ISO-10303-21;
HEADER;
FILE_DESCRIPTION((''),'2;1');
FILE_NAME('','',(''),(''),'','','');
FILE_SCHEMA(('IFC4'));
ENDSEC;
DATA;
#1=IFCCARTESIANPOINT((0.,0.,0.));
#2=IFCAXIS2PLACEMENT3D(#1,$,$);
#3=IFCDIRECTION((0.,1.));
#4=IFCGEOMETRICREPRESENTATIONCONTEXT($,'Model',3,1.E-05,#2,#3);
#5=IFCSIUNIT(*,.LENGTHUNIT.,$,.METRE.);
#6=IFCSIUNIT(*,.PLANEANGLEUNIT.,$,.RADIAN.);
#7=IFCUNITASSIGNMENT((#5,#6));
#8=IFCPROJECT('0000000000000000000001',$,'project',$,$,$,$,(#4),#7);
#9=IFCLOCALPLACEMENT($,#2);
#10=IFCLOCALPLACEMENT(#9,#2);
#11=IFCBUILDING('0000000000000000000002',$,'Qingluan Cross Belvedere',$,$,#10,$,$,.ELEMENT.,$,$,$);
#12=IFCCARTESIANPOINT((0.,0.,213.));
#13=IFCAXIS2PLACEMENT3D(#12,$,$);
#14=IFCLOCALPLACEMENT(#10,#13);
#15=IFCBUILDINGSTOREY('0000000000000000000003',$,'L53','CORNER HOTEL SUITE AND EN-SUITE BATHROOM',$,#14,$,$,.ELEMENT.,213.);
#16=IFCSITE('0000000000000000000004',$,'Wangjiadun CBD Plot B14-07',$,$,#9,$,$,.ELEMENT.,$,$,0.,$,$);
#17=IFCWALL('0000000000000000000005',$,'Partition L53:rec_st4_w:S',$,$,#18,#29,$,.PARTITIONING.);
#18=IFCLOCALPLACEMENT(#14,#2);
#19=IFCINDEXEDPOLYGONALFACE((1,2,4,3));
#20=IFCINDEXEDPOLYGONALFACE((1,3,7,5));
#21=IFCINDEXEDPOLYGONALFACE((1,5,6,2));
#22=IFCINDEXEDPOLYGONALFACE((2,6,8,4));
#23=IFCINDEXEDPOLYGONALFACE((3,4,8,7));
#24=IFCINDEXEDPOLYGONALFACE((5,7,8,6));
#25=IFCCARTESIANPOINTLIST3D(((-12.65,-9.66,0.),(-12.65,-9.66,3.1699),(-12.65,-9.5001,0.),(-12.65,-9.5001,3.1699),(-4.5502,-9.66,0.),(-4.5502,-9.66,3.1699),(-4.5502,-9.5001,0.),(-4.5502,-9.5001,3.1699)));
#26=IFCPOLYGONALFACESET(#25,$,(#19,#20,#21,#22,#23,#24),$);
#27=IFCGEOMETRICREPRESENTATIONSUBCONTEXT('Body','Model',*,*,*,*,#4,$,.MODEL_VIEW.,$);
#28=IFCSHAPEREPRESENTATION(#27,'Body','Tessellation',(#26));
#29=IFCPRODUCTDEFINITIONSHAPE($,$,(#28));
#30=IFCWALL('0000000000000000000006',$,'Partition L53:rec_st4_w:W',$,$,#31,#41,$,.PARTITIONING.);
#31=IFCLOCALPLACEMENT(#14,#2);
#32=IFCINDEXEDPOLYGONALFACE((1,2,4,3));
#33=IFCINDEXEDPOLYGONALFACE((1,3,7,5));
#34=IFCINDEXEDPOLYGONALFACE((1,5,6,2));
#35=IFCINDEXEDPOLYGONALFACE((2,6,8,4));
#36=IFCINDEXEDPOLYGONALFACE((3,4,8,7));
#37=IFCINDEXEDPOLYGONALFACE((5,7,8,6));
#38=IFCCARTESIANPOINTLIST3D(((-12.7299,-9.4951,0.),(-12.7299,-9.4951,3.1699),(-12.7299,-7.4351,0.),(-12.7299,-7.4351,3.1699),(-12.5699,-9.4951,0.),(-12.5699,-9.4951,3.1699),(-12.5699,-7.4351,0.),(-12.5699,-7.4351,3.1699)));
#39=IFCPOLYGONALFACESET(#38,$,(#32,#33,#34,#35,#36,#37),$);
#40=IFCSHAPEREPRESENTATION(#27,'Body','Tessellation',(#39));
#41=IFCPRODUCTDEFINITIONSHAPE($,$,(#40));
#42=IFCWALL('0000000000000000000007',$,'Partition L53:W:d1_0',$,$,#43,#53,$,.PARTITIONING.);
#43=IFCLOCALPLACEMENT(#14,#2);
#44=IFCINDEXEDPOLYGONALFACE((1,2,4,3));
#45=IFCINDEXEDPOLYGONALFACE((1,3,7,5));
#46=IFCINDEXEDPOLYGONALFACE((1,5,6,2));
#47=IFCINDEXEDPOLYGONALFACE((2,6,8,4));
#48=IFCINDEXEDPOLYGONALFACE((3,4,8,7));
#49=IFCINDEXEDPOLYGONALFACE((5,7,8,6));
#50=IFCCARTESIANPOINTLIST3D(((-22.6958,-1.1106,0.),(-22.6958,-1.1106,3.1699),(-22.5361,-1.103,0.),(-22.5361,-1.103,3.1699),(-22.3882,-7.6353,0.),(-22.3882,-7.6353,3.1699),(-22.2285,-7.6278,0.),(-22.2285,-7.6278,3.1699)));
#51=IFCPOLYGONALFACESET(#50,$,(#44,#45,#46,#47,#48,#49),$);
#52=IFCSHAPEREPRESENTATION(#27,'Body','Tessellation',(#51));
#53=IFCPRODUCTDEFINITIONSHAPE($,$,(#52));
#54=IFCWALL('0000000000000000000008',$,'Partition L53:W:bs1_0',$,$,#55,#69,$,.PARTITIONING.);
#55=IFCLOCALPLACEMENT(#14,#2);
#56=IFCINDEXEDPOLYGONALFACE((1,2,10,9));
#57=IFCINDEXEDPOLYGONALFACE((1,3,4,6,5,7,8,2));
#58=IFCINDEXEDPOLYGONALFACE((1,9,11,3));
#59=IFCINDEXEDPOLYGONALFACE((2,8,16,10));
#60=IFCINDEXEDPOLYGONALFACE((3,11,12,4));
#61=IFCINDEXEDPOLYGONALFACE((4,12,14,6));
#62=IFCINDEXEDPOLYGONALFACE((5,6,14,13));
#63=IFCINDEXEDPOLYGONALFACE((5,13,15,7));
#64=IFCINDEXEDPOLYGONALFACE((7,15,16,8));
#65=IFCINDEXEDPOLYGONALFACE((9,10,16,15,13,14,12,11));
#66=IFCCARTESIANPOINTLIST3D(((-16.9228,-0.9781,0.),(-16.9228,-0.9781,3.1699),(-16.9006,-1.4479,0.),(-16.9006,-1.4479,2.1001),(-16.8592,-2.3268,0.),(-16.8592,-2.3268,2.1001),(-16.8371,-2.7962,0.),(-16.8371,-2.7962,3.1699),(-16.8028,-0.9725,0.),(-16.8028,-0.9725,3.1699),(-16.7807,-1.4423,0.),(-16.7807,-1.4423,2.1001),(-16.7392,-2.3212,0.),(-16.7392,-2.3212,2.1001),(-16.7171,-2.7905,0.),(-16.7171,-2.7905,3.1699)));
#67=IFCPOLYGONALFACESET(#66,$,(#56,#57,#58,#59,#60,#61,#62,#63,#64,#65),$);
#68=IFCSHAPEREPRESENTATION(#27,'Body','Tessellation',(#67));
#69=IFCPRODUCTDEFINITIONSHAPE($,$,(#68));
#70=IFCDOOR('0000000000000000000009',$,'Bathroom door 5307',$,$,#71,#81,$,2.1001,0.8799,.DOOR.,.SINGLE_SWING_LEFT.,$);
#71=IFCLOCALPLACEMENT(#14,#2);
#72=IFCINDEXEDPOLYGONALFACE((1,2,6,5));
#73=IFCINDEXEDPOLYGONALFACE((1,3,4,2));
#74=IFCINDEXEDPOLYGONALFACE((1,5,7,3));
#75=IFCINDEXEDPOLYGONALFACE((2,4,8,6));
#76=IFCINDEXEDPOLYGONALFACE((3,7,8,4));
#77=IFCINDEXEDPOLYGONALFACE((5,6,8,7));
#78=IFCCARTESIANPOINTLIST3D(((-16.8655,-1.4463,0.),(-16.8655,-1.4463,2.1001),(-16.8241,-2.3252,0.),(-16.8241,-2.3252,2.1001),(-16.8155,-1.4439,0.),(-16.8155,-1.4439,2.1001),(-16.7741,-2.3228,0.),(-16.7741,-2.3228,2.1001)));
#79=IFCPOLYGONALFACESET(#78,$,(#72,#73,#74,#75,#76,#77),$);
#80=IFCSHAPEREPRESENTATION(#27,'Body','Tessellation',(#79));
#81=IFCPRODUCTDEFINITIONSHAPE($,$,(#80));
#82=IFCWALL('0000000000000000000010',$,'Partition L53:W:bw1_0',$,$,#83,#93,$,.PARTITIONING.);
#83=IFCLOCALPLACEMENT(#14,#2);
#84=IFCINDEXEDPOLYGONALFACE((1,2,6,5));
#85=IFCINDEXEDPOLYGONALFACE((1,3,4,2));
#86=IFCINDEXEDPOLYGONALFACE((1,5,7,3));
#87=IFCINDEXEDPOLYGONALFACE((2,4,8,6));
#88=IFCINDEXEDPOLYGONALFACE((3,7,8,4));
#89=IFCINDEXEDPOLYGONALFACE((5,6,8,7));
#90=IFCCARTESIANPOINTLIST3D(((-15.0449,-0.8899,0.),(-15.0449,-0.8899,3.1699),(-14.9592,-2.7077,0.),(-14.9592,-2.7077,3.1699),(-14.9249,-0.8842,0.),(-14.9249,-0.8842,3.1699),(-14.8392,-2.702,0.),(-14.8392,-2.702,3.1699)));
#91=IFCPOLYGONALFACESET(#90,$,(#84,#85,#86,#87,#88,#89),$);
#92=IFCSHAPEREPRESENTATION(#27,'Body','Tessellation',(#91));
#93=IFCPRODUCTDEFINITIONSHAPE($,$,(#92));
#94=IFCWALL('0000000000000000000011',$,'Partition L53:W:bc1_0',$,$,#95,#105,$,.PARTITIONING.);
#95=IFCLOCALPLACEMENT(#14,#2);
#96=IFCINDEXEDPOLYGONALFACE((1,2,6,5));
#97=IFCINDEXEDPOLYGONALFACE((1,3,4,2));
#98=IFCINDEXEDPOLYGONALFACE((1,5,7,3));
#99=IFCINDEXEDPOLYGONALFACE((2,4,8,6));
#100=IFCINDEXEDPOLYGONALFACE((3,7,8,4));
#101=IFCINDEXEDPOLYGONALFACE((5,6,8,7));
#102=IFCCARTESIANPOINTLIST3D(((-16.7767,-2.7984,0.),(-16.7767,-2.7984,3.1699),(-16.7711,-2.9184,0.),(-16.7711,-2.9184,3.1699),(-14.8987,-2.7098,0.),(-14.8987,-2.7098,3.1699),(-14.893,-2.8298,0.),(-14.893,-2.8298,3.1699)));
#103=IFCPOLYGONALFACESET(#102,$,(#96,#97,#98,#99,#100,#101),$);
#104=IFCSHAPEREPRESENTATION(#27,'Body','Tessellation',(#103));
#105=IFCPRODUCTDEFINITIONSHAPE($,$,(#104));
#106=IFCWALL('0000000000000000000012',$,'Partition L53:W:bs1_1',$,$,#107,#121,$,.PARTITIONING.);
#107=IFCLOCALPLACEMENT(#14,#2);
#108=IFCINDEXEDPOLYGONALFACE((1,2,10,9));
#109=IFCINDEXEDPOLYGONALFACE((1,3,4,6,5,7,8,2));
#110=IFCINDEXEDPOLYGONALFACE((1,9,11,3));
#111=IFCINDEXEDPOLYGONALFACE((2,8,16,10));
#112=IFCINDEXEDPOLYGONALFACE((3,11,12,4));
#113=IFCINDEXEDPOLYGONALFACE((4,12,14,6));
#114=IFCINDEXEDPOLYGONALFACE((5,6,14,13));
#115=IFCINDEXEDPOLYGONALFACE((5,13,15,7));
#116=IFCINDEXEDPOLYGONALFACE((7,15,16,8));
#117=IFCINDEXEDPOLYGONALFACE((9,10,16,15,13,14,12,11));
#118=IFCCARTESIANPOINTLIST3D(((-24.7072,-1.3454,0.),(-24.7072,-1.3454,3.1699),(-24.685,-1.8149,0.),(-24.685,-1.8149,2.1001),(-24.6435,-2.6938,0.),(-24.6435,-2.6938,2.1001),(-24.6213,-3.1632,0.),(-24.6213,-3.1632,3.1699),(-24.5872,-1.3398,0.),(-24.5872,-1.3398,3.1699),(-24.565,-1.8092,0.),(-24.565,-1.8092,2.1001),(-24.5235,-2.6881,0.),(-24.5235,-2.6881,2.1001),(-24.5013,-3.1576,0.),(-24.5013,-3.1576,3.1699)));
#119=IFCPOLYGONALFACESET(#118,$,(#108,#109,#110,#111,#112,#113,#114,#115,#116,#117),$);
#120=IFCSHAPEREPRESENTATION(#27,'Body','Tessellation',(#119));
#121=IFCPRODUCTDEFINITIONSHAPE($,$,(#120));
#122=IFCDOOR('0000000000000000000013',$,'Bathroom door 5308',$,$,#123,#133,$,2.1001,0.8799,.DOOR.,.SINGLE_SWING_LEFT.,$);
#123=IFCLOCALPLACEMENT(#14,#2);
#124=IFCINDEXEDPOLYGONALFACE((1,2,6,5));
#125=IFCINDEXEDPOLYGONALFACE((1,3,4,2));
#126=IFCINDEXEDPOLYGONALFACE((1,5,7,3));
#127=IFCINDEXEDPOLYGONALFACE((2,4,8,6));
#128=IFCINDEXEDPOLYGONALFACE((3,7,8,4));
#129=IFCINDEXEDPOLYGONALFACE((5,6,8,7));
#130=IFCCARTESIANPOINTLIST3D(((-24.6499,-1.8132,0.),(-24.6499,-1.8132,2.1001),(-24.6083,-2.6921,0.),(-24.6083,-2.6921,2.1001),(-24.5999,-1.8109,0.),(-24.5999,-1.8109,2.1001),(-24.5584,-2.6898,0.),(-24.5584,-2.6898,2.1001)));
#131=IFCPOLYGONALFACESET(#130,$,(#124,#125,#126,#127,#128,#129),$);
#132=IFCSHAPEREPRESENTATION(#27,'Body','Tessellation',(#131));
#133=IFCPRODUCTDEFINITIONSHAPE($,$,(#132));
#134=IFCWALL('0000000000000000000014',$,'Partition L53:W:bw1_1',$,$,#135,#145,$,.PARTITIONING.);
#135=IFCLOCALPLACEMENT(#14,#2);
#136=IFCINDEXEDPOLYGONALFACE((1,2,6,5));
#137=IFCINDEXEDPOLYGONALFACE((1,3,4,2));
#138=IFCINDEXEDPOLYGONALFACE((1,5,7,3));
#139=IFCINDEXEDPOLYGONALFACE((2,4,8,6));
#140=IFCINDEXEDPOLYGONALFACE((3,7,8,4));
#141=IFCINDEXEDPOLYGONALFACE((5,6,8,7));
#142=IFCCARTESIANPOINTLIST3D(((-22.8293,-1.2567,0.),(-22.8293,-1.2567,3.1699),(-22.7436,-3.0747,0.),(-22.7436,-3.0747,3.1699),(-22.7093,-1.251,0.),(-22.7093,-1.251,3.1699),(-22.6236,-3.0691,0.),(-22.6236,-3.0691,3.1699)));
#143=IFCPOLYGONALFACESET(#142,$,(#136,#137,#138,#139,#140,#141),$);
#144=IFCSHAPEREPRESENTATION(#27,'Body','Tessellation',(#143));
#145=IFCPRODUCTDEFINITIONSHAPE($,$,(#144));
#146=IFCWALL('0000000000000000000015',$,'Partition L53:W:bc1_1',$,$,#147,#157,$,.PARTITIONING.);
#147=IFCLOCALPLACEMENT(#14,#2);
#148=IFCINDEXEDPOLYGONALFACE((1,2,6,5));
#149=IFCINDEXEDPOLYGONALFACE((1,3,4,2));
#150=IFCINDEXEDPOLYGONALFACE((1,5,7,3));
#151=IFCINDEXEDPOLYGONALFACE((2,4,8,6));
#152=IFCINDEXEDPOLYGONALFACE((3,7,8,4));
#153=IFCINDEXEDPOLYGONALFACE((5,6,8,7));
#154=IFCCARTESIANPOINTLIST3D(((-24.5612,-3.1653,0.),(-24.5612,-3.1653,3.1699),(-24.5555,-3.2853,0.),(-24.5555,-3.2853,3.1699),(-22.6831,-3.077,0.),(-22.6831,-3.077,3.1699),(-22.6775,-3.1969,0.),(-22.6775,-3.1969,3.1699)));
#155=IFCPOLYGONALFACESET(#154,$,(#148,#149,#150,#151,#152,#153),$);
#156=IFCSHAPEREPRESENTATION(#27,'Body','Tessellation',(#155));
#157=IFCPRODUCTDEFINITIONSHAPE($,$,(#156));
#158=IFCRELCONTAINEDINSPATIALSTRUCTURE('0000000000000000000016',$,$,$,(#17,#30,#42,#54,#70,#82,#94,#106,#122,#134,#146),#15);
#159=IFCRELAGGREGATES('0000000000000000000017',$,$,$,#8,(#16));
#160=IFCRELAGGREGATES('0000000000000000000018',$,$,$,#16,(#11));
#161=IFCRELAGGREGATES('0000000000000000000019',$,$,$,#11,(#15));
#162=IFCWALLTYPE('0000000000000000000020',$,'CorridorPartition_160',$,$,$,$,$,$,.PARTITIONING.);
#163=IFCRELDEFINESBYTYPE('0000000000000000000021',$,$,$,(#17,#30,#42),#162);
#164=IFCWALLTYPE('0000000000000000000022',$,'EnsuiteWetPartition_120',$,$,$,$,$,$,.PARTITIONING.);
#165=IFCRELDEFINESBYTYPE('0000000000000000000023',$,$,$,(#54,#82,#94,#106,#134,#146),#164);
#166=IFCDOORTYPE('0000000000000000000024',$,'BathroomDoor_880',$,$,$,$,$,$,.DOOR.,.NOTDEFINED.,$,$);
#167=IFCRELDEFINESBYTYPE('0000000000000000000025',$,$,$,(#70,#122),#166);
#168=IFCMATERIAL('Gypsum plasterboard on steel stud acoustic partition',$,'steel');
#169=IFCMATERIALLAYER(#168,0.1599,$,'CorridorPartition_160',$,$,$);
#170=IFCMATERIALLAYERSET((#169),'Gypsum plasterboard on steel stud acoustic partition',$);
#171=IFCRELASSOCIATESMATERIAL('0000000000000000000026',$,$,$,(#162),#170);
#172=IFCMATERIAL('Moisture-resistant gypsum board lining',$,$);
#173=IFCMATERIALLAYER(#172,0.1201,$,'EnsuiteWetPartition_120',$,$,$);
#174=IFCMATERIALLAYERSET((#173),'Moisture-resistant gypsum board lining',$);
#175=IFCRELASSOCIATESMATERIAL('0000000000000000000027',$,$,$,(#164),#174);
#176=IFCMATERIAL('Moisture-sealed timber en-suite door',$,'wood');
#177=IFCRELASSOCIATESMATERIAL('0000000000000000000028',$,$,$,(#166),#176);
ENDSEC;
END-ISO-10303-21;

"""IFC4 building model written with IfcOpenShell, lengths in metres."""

from ifc_helpers import new_model, si_unit, direction, frame, frame_2d, origin, place, context, subcontext, project, spatial, rectangle, extrude, material, layer, layer_set, type_object, element, fill, save


model = new_model("IFC4")

# Units and contexts
model_context = context("Model", 3, precision=1e-05, world=origin(), true_north=direction((0.0, 1.0)))
body_context = subcontext(model_context, "Body", "Model", "MODEL_VIEW")
ifc_project = project(units=[si_unit("LENGTHUNIT", "METRE"), si_unit("PLANEANGLEUNIT", "RADIAN")], contexts=[model_context])

# Site, building, storey
site_placement = place(None, origin())
site = spatial("IfcSite", under=ifc_project, at=site_placement, Name="Wangjiadun CBD Plot B14-07", CompositionType="ELEMENT", RefElevation=0.0)
building_placement = place(site_placement, origin())
building = spatial("IfcBuilding", under=site, at=building_placement, Name="Qingluan Cross Belvedere", CompositionType="ELEMENT")
storey_placement = place(building_placement, frame((0.0, 0.0, 213.0)))
storey = spatial("IfcBuildingStorey", under=building, at=storey_placement, Name="L53", Description="CORNER HOTEL SUITE AND EN-SUITE BATHROOM", CompositionType="ELEMENT", Elevation=213.0)

# Walls
ifc_material_1 = material(Name="Gypsum plasterboard on steel stud acoustic partition", Category="steel")
ifc_layer_1 = layer(ifc_material_1, 0.1599, Name="CorridorPartition_160")
ifc_layer_set_1 = layer_set([ifc_layer_1], Name="Gypsum plasterboard on steel stud acoustic partition")
wall_type_1 = type_object("IfcWallType", Name="CorridorPartition_160", PredefinedType="PARTITIONING", material=ifc_layer_set_1)
wall_1_placement = place(storey_placement, frame((-12.6499, -9.5801, 0.0), z_axis=(0.0, 0.0, 1.0), x_axis=(1.0, 0.0, 0.0)))
element("IfcWall", 1, at=wall_1_placement, inside=storey, type_object=wall_type_1, Name="Partition L53:rec_st4_w:S", PredefinedType="PARTITIONING", context=body_context, shape_type="SweptSolid", body=[
    extrude(rectangle(XDim=8.0999, YDim=0.1599, at=frame_2d((4.0498, 0.0))), origin(), (0.0, 0.0, 1.0), 3.1699),
])
wall_2_placement = place(storey_placement, frame((-12.6499, -9.4951, 0.0), z_axis=(0.0, 0.0, 1.0), x_axis=(0.0, 1.0, 0.0)))
element("IfcWall", 2, at=wall_2_placement, inside=storey, type_object=wall_type_1, Name="Partition L53:rec_st4_w:W", PredefinedType="PARTITIONING", context=body_context, shape_type="SweptSolid", body=[
    extrude(rectangle(XDim=2.0601, YDim=0.1599, at=frame_2d((1.03, 0.0))), origin(), (0.0, 0.0, 1.0), 3.1699),
])
wall_3_placement = place(storey_placement, frame((-22.616, -1.1067, 0.0), z_axis=(0.0, 0.0, 1.0), x_axis=(0.047095, -0.99889, 0.0)))
element("IfcWall", 3, at=wall_3_placement, inside=storey, type_object=wall_type_1, Name="Partition L53:W:d1_0", PredefinedType="PARTITIONING", context=body_context, shape_type="SweptSolid", body=[
    extrude(rectangle(XDim=6.532, YDim=0.1599, at=frame_2d((3.2661, 0.0))), origin(), (0.0, 0.0, 1.0), 3.1699),
])

# Wall, opening, door
ifc_material_2 = material(Name="Moisture-resistant gypsum board lining")
ifc_layer_2 = layer(ifc_material_2, 0.1201, Name="EnsuiteWetPartition_120")
ifc_layer_set_2 = layer_set([ifc_layer_2], Name="Moisture-resistant gypsum board lining")
wall_type_2 = type_object("IfcWallType", Name="EnsuiteWetPartition_120", PredefinedType="PARTITIONING", material=ifc_layer_set_2)
wall_4_placement = place(storey_placement, frame((-16.7771, -2.7935, 0.0), z_axis=(0.0, 0.0, 1.0), x_axis=(-0.047081, 0.998891, 0.0)))
wall_4 = element("IfcWall", 4, at=wall_4_placement, inside=storey, type_object=wall_type_2, Name="Partition L53:W:bs1_0", PredefinedType="PARTITIONING", context=body_context, shape_type="SweptSolid", body=[
    extrude(rectangle(XDim=1.8201, YDim=0.1201, at=frame_2d((0.9102, 0.0))), origin(), (0.0, 0.0, 1.0), 3.1699),
])
opening_1_placement = place(wall_4_placement, frame((0.47, 0.0, 0.0)))
opening_1 = element("IfcOpeningElement", 5, at=opening_1_placement, cuts=wall_4, PredefinedType="OPENING", context=body_context, shape_type="SweptSolid", body=[
    extrude(rectangle(XDim=0.8799, YDim=2.1001, at=frame_2d((0.4399, 1.05))), frame((0.0, 0.0701, 0.0), z_axis=(0.0, -1.0, 0.0), x_axis=(1.0, 0.0, 0.0)), (0.0, 0.0, 1.0), 0.1401),
])
ifc_material_3 = material(Name="Moisture-sealed timber en-suite door", Category="wood")
door_type_1 = type_object("IfcDoorType", Name="BathroomDoor_880", OperationType="NOTDEFINED", PredefinedType="DOOR", material=ifc_material_3)
door_1_placement = place(opening_1_placement, origin())
door_1 = element("IfcDoor", 6, at=door_1_placement, inside=storey, type_object=door_type_1, Name="Bathroom door 5307", OperationType="SINGLE_SWING_LEFT", OverallHeight=2.1001, OverallWidth=0.8799, PredefinedType="DOOR", context=body_context, shape_type="SweptSolid", body=[
    extrude(rectangle(XDim=0.8799, YDim=2.1001, at=frame_2d((0.4399, 1.05))), frame((0.0, 0.0249, 0.0), z_axis=(0.0, -1.0, 0.0), x_axis=(1.0, 0.0, 0.0)), (0.0, 0.0, 1.0), 0.05),
])
fill(opening_1, door_1)

# Walls
wall_5_placement = place(storey_placement, frame((-14.8992, -2.7048, 0.0), z_axis=(0.0, 0.0, 1.0), x_axis=(-0.047087, 0.998891, 0.0)))
element("IfcWall", 7, at=wall_5_placement, inside=storey, type_object=wall_type_2, Name="Partition L53:W:bw1_0", PredefinedType="PARTITIONING", context=body_context, shape_type="SweptSolid", body=[
    extrude(rectangle(XDim=1.8198, YDim=0.1201, at=frame_2d((0.9099, 0.0))), origin(), (0.0, 0.0, 1.0), 3.1699),
])
wall_6_placement = place(storey_placement, frame((-14.896, -2.7698, 0.0), z_axis=(0.0, 0.0, 1.0), x_axis=(-0.998888, -0.047139, 0.0)))
element("IfcWall", 8, at=wall_6_placement, inside=storey, type_object=wall_type_2, Name="Partition L53:W:bc1_0", PredefinedType="PARTITIONING", context=body_context, shape_type="SweptSolid", body=[
    extrude(rectangle(XDim=1.8801, YDim=0.1201, at=frame_2d((0.9399, 0.0))), origin(), (0.0, 0.0, 1.0), 3.1699),
])

# Wall, opening, door
wall_7_placement = place(storey_placement, frame((-24.5613, -3.1604, 0.0), z_axis=(0.0, 0.0, 1.0), x_axis=(-0.047221, 0.998884, 0.0)))
wall_7 = element("IfcWall", 9, at=wall_7_placement, inside=storey, type_object=wall_type_2, Name="Partition L53:W:bs1_1", PredefinedType="PARTITIONING", context=body_context, shape_type="SweptSolid", body=[
    extrude(rectangle(XDim=1.8198, YDim=0.1201, at=frame_2d((0.9099, 0.0))), origin(), (0.0, 0.0, 1.0), 3.1699),
])
opening_2_placement = place(wall_7_placement, frame((0.47, 0.0, 0.0)))
opening_2 = element("IfcOpeningElement", 10, at=opening_2_placement, cuts=wall_7, PredefinedType="OPENING", context=body_context, shape_type="SweptSolid", body=[
    extrude(rectangle(XDim=0.8799, YDim=2.1001, at=frame_2d((0.4399, 1.05))), frame((0.0, 0.0701, 0.0), z_axis=(0.0, -1.0, 0.0), x_axis=(1.0, 0.0, 0.0)), (0.0, 0.0, 1.0), 0.1401),
])
door_2_placement = place(opening_2_placement, origin())
door_2 = element("IfcDoor", 11, at=door_2_placement, inside=storey, type_object=door_type_1, Name="Bathroom door 5308", OperationType="SINGLE_SWING_LEFT", OverallHeight=2.1001, OverallWidth=0.8799, PredefinedType="DOOR", context=body_context, shape_type="SweptSolid", body=[
    extrude(rectangle(XDim=0.8799, YDim=2.1001, at=frame_2d((0.4399, 1.05))), frame((0.0, 0.0249, 0.0), z_axis=(0.0, -1.0, 0.0), x_axis=(1.0, 0.0, 0.0)), (0.0, 0.0, 1.0), 0.05),
])
fill(opening_2, door_2)

# Walls
wall_8_placement = place(storey_placement, frame((-22.6836, -3.072, 0.0), z_axis=(0.0, 0.0, 1.0), x_axis=(-0.047081, 0.998891, 0.0)))
element("IfcWall", 12, at=wall_8_placement, inside=storey, type_object=wall_type_2, Name="Partition L53:W:bw1_1", PredefinedType="PARTITIONING", context=body_context, shape_type="SweptSolid", body=[
    extrude(rectangle(XDim=1.8201, YDim=0.1201, at=frame_2d((0.9102, 0.0))), origin(), (0.0, 0.0, 1.0), 3.1699),
])
wall_9_placement = place(storey_placement, frame((-22.6804, -3.137, 0.0), z_axis=(0.0, 0.0, 1.0), x_axis=(-0.998894, -0.04701, 0.0)))
element("IfcWall", 13, at=wall_9_placement, inside=storey, type_object=wall_type_2, Name="Partition L53:W:bc1_1", PredefinedType="PARTITIONING", context=body_context, shape_type="SweptSolid", body=[
    extrude(rectangle(XDim=1.8801, YDim=0.1201, at=frame_2d((0.9399, 0.0))), origin(), (0.0, 0.0, 1.0), 3.1699),
])

save(model, "model.ifc")
